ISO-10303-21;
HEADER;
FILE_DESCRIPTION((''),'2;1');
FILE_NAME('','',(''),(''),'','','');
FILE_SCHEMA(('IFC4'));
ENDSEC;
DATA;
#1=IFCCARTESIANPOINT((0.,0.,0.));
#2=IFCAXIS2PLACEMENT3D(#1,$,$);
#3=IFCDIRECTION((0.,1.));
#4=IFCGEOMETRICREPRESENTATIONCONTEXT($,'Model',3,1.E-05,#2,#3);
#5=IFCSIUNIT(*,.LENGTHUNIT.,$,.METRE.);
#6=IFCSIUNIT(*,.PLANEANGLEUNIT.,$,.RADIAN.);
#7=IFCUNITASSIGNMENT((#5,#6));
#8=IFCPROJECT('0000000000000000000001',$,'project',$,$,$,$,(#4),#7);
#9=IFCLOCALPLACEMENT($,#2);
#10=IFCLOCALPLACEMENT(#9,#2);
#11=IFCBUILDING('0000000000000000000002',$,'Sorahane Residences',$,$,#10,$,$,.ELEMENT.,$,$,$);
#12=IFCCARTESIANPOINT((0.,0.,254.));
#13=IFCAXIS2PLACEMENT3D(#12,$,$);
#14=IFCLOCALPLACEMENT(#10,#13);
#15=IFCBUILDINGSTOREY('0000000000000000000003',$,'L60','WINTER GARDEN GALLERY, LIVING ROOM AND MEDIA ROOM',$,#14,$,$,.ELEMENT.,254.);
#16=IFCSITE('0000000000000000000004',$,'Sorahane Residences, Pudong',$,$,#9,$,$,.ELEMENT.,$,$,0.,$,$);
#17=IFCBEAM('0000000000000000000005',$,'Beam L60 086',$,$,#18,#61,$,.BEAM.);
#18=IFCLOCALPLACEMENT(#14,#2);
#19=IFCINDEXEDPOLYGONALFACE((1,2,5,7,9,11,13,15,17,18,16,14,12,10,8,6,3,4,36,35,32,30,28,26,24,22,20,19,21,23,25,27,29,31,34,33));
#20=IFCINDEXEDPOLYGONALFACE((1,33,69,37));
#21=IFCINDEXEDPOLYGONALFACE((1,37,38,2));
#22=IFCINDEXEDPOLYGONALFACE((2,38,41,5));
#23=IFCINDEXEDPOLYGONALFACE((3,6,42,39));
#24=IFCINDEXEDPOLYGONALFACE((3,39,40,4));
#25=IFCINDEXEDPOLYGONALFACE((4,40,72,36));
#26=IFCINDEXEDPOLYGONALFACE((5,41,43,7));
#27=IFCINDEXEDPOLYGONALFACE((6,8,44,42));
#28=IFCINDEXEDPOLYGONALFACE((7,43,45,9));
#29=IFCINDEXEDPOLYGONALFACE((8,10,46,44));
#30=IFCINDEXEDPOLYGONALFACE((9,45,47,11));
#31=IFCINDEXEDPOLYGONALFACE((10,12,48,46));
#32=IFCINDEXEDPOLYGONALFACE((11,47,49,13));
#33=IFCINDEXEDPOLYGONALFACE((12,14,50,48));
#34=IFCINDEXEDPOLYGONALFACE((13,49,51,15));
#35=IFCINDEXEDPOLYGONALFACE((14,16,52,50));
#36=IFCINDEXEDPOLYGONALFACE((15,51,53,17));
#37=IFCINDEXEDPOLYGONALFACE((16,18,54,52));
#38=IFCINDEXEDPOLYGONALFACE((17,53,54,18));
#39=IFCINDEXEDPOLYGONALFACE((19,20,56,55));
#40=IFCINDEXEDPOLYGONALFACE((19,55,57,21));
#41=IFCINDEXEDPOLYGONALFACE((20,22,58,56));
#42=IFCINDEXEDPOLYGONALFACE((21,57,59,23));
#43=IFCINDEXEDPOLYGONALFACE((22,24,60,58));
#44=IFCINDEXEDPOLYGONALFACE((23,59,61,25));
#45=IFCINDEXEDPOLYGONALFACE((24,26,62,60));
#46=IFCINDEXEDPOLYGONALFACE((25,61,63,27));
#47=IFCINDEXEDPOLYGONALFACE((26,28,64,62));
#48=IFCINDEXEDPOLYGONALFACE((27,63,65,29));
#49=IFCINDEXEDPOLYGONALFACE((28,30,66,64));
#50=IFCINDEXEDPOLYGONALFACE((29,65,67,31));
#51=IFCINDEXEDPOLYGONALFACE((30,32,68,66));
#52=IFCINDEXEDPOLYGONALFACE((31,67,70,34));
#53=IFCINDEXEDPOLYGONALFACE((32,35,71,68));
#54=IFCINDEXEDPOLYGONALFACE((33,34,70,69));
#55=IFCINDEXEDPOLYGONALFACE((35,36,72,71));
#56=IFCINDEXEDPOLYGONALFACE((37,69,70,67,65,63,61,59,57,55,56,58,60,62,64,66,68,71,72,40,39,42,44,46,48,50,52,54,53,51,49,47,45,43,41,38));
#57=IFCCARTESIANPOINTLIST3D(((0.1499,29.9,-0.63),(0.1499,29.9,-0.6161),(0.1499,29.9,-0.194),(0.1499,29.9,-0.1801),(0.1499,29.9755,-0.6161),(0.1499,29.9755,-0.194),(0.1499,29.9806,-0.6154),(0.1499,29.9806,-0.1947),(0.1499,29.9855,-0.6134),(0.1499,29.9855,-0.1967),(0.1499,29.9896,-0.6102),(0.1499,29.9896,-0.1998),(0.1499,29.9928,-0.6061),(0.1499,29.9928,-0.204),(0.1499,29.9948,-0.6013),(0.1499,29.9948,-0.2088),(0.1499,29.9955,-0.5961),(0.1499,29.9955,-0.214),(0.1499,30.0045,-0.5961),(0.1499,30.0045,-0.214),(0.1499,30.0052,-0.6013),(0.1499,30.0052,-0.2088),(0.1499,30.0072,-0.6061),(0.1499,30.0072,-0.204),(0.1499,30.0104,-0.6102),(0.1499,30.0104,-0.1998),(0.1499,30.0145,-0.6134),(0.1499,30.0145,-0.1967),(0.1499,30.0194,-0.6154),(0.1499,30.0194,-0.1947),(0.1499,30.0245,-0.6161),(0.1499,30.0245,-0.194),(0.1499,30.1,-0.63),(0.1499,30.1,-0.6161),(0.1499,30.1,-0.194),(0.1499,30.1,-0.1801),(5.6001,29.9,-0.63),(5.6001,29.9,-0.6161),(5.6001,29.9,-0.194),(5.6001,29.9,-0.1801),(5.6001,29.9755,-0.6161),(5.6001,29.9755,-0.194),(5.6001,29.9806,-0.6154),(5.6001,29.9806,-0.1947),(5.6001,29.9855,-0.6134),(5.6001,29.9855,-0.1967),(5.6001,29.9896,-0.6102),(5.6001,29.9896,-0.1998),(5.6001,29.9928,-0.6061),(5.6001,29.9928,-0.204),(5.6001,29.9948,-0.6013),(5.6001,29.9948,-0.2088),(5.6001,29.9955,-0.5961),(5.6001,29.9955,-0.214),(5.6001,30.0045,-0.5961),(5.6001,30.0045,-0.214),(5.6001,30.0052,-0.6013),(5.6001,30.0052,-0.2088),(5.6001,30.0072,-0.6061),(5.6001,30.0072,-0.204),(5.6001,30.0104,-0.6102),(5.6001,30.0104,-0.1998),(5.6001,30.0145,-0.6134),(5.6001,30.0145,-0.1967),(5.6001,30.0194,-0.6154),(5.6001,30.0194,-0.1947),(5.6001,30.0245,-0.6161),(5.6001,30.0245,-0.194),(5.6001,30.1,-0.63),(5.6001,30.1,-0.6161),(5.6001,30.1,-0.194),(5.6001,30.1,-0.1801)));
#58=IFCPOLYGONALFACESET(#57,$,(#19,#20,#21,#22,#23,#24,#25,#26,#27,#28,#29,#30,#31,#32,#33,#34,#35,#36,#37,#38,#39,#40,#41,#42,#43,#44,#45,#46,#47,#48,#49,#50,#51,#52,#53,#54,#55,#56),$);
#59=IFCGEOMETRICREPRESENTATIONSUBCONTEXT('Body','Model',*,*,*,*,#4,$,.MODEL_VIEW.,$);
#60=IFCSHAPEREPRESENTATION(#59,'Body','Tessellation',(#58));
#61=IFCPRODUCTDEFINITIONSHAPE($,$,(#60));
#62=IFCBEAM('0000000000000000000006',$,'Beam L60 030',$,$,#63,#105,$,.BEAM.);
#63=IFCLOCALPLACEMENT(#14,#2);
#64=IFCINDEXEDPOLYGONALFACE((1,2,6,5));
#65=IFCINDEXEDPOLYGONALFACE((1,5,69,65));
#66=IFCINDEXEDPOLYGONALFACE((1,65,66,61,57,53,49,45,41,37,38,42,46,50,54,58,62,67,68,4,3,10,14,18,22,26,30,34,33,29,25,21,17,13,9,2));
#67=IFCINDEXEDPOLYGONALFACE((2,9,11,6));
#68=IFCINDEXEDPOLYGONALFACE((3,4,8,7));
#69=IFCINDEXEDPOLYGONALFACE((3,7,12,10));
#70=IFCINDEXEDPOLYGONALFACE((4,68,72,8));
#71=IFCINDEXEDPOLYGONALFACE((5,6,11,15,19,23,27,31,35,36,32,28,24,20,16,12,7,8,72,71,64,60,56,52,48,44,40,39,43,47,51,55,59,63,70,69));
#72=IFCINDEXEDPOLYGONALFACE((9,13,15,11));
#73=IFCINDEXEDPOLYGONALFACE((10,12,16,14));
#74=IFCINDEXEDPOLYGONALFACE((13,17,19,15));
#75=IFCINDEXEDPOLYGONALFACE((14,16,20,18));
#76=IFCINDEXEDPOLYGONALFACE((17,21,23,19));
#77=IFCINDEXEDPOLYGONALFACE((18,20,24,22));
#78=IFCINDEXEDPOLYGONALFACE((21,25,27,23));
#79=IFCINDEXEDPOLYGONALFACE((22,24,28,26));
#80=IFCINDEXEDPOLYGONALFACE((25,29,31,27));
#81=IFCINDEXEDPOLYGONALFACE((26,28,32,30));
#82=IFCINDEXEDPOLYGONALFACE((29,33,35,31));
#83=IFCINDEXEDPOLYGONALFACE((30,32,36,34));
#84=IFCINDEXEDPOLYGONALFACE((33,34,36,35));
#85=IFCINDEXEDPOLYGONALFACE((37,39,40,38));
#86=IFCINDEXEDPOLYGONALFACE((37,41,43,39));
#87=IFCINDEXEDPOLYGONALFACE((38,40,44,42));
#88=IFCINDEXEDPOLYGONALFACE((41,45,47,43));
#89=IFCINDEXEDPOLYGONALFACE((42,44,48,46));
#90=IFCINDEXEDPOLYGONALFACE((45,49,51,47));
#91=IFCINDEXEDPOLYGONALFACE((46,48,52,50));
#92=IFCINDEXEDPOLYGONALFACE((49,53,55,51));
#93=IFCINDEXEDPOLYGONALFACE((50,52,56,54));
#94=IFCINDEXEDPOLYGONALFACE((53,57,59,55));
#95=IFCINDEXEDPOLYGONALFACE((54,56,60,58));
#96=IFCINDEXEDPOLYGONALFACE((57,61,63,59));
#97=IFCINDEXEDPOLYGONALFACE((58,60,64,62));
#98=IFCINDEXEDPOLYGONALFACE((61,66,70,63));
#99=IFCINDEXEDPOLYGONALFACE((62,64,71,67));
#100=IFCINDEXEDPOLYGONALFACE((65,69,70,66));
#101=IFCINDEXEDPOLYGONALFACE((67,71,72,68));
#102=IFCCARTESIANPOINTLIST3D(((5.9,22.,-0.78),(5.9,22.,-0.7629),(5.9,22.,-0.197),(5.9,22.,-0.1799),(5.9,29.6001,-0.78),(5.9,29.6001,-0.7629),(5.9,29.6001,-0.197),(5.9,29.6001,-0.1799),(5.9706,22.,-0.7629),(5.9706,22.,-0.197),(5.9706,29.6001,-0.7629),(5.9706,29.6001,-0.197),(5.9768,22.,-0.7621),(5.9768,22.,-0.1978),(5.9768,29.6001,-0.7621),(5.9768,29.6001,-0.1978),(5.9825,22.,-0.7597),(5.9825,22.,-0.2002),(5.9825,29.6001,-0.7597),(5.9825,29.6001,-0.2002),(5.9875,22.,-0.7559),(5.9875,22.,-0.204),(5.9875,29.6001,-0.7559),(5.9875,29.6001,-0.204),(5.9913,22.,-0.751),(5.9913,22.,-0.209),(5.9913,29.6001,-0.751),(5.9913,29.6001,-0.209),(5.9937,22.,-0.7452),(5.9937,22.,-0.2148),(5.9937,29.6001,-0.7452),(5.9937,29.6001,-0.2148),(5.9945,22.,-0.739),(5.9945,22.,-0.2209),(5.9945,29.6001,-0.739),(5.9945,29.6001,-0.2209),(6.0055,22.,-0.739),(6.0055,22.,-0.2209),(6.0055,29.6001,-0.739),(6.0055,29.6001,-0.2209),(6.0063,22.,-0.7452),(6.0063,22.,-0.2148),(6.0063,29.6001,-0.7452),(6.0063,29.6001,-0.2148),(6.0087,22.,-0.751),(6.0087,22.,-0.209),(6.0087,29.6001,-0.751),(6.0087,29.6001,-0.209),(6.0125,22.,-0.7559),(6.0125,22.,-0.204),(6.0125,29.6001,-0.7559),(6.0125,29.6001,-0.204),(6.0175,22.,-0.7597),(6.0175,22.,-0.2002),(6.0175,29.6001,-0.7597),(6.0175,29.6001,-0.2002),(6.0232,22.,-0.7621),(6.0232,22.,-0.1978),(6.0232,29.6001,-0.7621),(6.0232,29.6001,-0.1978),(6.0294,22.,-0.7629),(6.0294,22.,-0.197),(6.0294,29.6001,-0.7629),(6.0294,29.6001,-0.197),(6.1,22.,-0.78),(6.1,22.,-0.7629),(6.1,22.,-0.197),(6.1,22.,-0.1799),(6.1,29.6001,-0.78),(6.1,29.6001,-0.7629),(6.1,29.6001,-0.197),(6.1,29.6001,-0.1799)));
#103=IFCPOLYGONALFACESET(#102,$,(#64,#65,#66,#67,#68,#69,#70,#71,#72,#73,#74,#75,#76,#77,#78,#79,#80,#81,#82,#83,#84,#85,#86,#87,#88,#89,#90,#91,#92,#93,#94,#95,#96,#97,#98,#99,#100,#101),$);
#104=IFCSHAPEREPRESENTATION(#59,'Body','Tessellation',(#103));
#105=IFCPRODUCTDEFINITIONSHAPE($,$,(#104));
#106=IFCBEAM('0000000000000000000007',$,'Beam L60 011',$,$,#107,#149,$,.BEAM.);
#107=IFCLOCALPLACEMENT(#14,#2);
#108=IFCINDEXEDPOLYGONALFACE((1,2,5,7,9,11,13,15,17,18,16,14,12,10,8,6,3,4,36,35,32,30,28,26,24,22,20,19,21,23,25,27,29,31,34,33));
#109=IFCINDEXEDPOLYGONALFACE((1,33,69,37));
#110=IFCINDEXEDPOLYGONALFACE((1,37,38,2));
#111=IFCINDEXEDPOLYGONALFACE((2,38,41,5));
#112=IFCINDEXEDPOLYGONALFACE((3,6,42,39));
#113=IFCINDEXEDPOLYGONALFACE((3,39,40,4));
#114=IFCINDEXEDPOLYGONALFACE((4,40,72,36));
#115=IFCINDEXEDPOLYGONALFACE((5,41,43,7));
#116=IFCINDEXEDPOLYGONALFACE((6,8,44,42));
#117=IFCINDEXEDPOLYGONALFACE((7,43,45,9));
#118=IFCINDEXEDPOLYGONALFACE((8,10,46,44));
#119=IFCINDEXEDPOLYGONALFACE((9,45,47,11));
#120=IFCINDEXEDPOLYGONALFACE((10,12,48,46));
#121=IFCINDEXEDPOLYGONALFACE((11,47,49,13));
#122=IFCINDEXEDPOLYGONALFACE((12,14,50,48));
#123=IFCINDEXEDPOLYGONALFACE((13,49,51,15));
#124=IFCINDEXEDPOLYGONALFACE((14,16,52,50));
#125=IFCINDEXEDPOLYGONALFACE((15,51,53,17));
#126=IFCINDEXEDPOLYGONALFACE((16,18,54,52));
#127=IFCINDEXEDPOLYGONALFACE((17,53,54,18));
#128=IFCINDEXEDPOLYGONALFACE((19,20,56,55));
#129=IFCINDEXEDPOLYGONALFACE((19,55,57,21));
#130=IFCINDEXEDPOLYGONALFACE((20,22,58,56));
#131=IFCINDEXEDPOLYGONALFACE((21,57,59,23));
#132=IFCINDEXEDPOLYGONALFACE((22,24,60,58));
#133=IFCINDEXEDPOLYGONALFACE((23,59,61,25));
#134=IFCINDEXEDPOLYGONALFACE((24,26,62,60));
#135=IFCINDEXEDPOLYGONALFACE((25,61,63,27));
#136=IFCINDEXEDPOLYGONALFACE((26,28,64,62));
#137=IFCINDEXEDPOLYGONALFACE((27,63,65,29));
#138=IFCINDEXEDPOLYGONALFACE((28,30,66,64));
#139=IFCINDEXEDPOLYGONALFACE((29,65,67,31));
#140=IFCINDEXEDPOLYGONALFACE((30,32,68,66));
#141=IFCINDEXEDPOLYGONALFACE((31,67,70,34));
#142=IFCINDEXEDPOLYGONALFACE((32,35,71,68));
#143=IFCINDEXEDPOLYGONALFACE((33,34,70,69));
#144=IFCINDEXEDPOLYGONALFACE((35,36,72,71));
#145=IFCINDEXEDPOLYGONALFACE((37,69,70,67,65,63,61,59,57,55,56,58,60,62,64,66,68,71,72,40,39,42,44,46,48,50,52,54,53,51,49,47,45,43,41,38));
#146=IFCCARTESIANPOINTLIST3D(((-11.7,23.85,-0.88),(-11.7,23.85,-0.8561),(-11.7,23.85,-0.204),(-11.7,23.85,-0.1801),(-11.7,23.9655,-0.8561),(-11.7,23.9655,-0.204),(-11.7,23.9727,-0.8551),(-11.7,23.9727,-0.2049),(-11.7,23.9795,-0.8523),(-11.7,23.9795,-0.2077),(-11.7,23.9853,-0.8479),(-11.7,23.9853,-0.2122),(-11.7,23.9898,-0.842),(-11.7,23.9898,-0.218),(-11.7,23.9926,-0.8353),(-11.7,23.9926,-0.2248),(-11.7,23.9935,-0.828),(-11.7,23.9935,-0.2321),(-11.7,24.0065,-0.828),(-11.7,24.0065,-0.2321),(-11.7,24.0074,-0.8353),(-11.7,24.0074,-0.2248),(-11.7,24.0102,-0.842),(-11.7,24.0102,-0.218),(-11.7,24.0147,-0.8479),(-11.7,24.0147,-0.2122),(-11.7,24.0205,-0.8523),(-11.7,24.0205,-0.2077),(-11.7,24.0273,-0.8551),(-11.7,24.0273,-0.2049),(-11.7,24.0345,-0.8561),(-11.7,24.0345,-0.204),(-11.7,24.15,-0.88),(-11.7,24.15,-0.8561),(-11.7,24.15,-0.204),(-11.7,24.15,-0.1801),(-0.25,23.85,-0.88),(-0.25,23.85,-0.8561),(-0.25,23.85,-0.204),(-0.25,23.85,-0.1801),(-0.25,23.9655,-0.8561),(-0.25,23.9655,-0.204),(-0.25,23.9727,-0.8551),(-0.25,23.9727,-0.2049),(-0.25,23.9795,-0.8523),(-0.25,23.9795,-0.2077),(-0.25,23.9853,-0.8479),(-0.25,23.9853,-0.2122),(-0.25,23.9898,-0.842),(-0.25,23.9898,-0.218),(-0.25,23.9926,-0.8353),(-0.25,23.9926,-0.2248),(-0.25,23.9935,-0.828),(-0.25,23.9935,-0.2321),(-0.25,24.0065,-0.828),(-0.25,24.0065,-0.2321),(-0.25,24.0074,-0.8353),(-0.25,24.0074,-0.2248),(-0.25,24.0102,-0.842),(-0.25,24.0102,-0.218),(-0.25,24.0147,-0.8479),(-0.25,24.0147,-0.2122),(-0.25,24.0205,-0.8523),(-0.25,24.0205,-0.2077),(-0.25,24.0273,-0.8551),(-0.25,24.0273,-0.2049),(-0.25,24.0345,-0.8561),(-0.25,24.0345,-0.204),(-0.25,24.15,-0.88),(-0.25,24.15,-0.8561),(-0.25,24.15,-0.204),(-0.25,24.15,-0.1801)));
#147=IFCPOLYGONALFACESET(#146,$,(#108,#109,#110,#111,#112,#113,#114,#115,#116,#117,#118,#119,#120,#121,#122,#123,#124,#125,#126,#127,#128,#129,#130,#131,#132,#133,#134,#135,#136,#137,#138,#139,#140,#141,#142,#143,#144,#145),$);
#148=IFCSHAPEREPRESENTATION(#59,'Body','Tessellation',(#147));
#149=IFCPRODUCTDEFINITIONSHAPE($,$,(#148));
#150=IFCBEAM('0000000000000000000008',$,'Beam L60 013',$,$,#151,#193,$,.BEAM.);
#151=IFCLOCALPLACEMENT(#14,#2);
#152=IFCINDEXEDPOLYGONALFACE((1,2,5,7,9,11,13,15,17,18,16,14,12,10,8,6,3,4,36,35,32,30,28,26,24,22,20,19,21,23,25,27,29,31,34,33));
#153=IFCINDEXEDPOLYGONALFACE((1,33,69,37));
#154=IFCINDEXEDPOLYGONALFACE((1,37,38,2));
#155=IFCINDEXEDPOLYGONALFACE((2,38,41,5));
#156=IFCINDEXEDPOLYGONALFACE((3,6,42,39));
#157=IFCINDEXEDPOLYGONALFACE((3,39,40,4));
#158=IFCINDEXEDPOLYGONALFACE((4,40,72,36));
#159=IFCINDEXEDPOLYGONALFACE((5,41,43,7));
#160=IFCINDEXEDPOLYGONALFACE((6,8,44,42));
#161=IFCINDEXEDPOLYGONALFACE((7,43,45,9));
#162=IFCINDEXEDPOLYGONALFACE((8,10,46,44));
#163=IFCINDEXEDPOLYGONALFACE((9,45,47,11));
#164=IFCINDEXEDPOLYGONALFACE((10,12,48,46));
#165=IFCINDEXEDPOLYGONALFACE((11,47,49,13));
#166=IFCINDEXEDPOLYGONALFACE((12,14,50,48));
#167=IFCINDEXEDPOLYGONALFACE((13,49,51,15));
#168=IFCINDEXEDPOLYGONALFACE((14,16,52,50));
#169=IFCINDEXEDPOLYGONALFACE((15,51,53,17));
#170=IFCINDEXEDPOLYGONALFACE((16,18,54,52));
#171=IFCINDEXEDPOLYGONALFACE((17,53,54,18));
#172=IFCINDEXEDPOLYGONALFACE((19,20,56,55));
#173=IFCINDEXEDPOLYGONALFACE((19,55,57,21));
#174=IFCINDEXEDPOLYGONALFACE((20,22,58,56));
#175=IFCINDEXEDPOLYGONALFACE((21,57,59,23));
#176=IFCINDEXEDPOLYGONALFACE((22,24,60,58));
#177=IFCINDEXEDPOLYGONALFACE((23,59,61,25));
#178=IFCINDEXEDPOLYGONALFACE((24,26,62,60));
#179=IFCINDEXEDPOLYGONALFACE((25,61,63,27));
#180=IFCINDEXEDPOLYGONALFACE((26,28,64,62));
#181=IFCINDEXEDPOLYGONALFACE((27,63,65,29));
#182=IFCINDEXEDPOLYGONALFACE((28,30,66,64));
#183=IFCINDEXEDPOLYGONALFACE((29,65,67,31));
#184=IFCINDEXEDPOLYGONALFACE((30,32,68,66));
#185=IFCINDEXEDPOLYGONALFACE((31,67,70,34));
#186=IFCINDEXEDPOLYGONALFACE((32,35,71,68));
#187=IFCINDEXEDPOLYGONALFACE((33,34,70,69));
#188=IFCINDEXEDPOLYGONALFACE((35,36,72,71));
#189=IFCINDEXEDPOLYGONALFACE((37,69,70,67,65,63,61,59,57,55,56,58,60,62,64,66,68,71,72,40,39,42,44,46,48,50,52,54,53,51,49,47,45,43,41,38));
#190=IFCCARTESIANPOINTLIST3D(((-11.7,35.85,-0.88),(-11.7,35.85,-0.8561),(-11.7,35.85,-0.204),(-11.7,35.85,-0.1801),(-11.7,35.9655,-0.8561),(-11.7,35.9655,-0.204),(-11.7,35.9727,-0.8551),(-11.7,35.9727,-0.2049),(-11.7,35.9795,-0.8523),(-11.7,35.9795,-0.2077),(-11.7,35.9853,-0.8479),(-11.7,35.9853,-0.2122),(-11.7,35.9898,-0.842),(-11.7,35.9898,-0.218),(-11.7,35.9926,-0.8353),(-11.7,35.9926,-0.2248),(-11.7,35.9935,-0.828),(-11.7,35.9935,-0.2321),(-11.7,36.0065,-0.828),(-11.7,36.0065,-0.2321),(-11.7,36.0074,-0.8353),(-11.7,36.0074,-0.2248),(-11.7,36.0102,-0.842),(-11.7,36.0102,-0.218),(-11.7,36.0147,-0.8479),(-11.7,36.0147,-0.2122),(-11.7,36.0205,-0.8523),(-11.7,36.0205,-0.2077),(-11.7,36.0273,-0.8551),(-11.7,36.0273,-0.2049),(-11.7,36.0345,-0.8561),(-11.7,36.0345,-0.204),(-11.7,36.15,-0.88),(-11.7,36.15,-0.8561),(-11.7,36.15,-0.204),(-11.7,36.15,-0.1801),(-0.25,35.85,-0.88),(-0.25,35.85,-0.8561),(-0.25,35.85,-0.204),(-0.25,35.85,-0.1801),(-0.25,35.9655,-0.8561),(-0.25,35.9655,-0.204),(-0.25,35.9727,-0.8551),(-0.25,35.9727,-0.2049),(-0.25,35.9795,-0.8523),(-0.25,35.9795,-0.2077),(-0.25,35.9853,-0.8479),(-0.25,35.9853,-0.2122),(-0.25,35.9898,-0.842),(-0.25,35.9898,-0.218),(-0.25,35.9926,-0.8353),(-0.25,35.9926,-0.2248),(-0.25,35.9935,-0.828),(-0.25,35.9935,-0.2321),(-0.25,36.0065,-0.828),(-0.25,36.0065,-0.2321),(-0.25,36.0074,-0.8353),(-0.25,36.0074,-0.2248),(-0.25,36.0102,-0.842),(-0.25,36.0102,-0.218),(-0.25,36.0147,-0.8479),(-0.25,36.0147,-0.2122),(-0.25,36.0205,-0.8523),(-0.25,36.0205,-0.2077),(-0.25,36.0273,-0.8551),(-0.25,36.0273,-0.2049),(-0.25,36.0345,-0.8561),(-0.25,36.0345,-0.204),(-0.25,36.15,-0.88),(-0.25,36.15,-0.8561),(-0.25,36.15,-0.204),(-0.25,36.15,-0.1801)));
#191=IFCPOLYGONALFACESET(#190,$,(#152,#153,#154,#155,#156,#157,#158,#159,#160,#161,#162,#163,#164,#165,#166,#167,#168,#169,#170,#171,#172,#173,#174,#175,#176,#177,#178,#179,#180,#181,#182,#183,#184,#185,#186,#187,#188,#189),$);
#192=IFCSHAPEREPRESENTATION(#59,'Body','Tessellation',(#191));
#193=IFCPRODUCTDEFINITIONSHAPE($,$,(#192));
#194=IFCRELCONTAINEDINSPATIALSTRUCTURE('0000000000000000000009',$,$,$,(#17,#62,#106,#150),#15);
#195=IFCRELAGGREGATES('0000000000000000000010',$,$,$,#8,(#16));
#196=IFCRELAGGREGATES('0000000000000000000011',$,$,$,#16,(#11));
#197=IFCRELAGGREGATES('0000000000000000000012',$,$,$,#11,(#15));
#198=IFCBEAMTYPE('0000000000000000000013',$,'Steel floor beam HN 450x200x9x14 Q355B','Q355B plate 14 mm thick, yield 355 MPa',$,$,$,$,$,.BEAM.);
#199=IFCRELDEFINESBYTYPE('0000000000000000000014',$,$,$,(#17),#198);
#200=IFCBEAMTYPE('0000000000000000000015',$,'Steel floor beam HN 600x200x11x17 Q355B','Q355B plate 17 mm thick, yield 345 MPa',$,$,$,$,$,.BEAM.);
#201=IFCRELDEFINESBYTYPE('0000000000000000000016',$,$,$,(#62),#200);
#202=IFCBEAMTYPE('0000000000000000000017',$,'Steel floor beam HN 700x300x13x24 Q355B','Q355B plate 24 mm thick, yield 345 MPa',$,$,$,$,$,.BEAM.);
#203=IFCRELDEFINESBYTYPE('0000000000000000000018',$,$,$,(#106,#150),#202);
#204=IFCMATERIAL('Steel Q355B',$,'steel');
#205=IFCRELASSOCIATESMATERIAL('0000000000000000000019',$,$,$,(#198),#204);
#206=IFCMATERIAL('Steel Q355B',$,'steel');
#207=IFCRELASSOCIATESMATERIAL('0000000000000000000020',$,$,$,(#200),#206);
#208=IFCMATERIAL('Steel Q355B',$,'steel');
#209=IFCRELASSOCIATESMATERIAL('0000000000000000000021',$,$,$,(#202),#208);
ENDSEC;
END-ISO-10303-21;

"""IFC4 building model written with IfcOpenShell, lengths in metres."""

from ifc_helpers import new_model, si_unit, direction, frame, origin, origin_2d, place, context, subcontext, project, spatial, i_section, extrude, material, material_profile, profile_set, type_object, element, save


model = new_model("IFC4")

# Units and contexts
model_context = context("Model", 3, precision=1e-05, world=origin(), true_north=direction((0.0, 1.0)))
body_context = subcontext(model_context, "Body", "Model", "MODEL_VIEW")
ifc_project = project(units=[si_unit("LENGTHUNIT", "METRE"), si_unit("PLANEANGLEUNIT", "RADIAN")], contexts=[model_context])

# Site, building, storey
site_placement = place(None, origin())
site = spatial("IfcSite", under=ifc_project, at=site_placement, Name="Sorahane Residences, Pudong", CompositionType="ELEMENT", RefElevation=0.0)
building_placement = place(site_placement, origin())
building = spatial("IfcBuilding", under=site, at=building_placement, Name="Sorahane Residences", CompositionType="ELEMENT")
storey_placement = place(building_placement, frame((0.0, 0.0, 254.0)))
storey = spatial("IfcBuildingStorey", under=building, at=storey_placement, Name="L60", Description="WINTER GARDEN GALLERY, LIVING ROOM AND MEDIA ROOM", CompositionType="ELEMENT", Elevation=254.0)

# Beams
ifc_material_1 = material(Name="Steel Q355B", Category="steel")
ifc_material_profile_1 = material_profile(ifc_material_1, i_section(OverallWidth=0.2, OverallDepth=0.45, WebThickness=0.009, FlangeThickness=0.0139, FilletRadius=0.02, at=origin_2d()), Name="HN 450x200x9x14")
ifc_profile_set_1 = profile_set([ifc_material_profile_1], Name="Steel Q355B")
beam_type_1 = type_object("IfcBeamType", Name="Steel floor beam HN 450x200x9x14 Q355B", Description="Q355B plate 14 mm thick, yield 355 MPa", PredefinedType="BEAM", material=ifc_profile_set_1)
beam_1_placement = place(storey_placement, frame((0.1499, 30.0, -0.405), z_axis=(1.0, 0.0, 0.0), x_axis=(0.0, 1.0, 0.0)))
element("IfcBeam", 1, at=beam_1_placement, inside=storey, type_object=beam_type_1, Name="Beam L60 086", PredefinedType="BEAM", context=body_context, shape_type="SweptSolid", body=[
    extrude(i_section(OverallWidth=0.2, OverallDepth=0.45, WebThickness=0.009, FlangeThickness=0.0139, FilletRadius=0.02, at=origin_2d()), origin(), (0.0, 0.0, 1.0), 5.4502),
])
ifc_material_2 = material(Name="Steel Q355B", Category="steel")
ifc_material_profile_2 = material_profile(ifc_material_2, i_section(OverallWidth=0.2, OverallDepth=0.6001, WebThickness=0.011, FlangeThickness=0.0171, FilletRadius=0.0239, at=origin_2d()), Name="HN 600x200x11x17")
ifc_profile_set_2 = profile_set([ifc_material_profile_2], Name="Steel Q355B")
beam_type_2 = type_object("IfcBeamType", Name="Steel floor beam HN 600x200x11x17 Q355B", Description="Q355B plate 17 mm thick, yield 345 MPa", PredefinedType="BEAM", material=ifc_profile_set_2)
beam_2_placement = place(storey_placement, frame((6.0, 22.0, -0.48), z_axis=(0.0, 1.0, 0.0), x_axis=(-1.0, 0.0, 0.0)))
element("IfcBeam", 2, at=beam_2_placement, inside=storey, type_object=beam_type_2, Name="Beam L60 030", PredefinedType="BEAM", context=body_context, shape_type="SweptSolid", body=[
    extrude(i_section(OverallWidth=0.2, OverallDepth=0.6001, WebThickness=0.011, FlangeThickness=0.0171, FilletRadius=0.0239, at=origin_2d()), origin(), (0.0, 0.0, 1.0), 7.6001),
])
ifc_material_3 = material(Name="Steel Q355B", Category="steel")
ifc_material_profile_3 = material_profile(ifc_material_3, i_section(OverallWidth=0.3, OverallDepth=0.7, WebThickness=0.0129, FlangeThickness=0.0239, FilletRadius=0.0281, at=origin_2d()), Name="HN 700x300x13x24")
ifc_profile_set_3 = profile_set([ifc_material_profile_3], Name="Steel Q355B")
beam_type_3 = type_object("IfcBeamType", Name="Steel floor beam HN 700x300x13x24 Q355B", Description="Q355B plate 24 mm thick, yield 345 MPa", PredefinedType="BEAM", material=ifc_profile_set_3)
for number, where, z_axis, x_axis, name in (
    (3, (-11.7, 24.0, -0.53), (1.0, 0.0, 0.0), (0.0, 1.0, 0.0), "Beam L60 011"),
    (4, (-11.7, 36.0, -0.53), (1.0, 0.0, 0.0), (0.0, 1.0, 0.0), "Beam L60 013"),
):
    element("IfcBeam", number, at=place(storey_placement, frame(where, z_axis=z_axis, x_axis=x_axis)), inside=storey, type_object=beam_type_3, Name=name, PredefinedType="BEAM", context=body_context, shape_type="SweptSolid", body=[
        extrude(i_section(OverallWidth=0.3, OverallDepth=0.7, WebThickness=0.0129, FlangeThickness=0.0239, FilletRadius=0.0281, at=origin_2d()), origin(), (0.0, 0.0, 1.0), 11.45),
    ])

save(model, "model.ifc")
